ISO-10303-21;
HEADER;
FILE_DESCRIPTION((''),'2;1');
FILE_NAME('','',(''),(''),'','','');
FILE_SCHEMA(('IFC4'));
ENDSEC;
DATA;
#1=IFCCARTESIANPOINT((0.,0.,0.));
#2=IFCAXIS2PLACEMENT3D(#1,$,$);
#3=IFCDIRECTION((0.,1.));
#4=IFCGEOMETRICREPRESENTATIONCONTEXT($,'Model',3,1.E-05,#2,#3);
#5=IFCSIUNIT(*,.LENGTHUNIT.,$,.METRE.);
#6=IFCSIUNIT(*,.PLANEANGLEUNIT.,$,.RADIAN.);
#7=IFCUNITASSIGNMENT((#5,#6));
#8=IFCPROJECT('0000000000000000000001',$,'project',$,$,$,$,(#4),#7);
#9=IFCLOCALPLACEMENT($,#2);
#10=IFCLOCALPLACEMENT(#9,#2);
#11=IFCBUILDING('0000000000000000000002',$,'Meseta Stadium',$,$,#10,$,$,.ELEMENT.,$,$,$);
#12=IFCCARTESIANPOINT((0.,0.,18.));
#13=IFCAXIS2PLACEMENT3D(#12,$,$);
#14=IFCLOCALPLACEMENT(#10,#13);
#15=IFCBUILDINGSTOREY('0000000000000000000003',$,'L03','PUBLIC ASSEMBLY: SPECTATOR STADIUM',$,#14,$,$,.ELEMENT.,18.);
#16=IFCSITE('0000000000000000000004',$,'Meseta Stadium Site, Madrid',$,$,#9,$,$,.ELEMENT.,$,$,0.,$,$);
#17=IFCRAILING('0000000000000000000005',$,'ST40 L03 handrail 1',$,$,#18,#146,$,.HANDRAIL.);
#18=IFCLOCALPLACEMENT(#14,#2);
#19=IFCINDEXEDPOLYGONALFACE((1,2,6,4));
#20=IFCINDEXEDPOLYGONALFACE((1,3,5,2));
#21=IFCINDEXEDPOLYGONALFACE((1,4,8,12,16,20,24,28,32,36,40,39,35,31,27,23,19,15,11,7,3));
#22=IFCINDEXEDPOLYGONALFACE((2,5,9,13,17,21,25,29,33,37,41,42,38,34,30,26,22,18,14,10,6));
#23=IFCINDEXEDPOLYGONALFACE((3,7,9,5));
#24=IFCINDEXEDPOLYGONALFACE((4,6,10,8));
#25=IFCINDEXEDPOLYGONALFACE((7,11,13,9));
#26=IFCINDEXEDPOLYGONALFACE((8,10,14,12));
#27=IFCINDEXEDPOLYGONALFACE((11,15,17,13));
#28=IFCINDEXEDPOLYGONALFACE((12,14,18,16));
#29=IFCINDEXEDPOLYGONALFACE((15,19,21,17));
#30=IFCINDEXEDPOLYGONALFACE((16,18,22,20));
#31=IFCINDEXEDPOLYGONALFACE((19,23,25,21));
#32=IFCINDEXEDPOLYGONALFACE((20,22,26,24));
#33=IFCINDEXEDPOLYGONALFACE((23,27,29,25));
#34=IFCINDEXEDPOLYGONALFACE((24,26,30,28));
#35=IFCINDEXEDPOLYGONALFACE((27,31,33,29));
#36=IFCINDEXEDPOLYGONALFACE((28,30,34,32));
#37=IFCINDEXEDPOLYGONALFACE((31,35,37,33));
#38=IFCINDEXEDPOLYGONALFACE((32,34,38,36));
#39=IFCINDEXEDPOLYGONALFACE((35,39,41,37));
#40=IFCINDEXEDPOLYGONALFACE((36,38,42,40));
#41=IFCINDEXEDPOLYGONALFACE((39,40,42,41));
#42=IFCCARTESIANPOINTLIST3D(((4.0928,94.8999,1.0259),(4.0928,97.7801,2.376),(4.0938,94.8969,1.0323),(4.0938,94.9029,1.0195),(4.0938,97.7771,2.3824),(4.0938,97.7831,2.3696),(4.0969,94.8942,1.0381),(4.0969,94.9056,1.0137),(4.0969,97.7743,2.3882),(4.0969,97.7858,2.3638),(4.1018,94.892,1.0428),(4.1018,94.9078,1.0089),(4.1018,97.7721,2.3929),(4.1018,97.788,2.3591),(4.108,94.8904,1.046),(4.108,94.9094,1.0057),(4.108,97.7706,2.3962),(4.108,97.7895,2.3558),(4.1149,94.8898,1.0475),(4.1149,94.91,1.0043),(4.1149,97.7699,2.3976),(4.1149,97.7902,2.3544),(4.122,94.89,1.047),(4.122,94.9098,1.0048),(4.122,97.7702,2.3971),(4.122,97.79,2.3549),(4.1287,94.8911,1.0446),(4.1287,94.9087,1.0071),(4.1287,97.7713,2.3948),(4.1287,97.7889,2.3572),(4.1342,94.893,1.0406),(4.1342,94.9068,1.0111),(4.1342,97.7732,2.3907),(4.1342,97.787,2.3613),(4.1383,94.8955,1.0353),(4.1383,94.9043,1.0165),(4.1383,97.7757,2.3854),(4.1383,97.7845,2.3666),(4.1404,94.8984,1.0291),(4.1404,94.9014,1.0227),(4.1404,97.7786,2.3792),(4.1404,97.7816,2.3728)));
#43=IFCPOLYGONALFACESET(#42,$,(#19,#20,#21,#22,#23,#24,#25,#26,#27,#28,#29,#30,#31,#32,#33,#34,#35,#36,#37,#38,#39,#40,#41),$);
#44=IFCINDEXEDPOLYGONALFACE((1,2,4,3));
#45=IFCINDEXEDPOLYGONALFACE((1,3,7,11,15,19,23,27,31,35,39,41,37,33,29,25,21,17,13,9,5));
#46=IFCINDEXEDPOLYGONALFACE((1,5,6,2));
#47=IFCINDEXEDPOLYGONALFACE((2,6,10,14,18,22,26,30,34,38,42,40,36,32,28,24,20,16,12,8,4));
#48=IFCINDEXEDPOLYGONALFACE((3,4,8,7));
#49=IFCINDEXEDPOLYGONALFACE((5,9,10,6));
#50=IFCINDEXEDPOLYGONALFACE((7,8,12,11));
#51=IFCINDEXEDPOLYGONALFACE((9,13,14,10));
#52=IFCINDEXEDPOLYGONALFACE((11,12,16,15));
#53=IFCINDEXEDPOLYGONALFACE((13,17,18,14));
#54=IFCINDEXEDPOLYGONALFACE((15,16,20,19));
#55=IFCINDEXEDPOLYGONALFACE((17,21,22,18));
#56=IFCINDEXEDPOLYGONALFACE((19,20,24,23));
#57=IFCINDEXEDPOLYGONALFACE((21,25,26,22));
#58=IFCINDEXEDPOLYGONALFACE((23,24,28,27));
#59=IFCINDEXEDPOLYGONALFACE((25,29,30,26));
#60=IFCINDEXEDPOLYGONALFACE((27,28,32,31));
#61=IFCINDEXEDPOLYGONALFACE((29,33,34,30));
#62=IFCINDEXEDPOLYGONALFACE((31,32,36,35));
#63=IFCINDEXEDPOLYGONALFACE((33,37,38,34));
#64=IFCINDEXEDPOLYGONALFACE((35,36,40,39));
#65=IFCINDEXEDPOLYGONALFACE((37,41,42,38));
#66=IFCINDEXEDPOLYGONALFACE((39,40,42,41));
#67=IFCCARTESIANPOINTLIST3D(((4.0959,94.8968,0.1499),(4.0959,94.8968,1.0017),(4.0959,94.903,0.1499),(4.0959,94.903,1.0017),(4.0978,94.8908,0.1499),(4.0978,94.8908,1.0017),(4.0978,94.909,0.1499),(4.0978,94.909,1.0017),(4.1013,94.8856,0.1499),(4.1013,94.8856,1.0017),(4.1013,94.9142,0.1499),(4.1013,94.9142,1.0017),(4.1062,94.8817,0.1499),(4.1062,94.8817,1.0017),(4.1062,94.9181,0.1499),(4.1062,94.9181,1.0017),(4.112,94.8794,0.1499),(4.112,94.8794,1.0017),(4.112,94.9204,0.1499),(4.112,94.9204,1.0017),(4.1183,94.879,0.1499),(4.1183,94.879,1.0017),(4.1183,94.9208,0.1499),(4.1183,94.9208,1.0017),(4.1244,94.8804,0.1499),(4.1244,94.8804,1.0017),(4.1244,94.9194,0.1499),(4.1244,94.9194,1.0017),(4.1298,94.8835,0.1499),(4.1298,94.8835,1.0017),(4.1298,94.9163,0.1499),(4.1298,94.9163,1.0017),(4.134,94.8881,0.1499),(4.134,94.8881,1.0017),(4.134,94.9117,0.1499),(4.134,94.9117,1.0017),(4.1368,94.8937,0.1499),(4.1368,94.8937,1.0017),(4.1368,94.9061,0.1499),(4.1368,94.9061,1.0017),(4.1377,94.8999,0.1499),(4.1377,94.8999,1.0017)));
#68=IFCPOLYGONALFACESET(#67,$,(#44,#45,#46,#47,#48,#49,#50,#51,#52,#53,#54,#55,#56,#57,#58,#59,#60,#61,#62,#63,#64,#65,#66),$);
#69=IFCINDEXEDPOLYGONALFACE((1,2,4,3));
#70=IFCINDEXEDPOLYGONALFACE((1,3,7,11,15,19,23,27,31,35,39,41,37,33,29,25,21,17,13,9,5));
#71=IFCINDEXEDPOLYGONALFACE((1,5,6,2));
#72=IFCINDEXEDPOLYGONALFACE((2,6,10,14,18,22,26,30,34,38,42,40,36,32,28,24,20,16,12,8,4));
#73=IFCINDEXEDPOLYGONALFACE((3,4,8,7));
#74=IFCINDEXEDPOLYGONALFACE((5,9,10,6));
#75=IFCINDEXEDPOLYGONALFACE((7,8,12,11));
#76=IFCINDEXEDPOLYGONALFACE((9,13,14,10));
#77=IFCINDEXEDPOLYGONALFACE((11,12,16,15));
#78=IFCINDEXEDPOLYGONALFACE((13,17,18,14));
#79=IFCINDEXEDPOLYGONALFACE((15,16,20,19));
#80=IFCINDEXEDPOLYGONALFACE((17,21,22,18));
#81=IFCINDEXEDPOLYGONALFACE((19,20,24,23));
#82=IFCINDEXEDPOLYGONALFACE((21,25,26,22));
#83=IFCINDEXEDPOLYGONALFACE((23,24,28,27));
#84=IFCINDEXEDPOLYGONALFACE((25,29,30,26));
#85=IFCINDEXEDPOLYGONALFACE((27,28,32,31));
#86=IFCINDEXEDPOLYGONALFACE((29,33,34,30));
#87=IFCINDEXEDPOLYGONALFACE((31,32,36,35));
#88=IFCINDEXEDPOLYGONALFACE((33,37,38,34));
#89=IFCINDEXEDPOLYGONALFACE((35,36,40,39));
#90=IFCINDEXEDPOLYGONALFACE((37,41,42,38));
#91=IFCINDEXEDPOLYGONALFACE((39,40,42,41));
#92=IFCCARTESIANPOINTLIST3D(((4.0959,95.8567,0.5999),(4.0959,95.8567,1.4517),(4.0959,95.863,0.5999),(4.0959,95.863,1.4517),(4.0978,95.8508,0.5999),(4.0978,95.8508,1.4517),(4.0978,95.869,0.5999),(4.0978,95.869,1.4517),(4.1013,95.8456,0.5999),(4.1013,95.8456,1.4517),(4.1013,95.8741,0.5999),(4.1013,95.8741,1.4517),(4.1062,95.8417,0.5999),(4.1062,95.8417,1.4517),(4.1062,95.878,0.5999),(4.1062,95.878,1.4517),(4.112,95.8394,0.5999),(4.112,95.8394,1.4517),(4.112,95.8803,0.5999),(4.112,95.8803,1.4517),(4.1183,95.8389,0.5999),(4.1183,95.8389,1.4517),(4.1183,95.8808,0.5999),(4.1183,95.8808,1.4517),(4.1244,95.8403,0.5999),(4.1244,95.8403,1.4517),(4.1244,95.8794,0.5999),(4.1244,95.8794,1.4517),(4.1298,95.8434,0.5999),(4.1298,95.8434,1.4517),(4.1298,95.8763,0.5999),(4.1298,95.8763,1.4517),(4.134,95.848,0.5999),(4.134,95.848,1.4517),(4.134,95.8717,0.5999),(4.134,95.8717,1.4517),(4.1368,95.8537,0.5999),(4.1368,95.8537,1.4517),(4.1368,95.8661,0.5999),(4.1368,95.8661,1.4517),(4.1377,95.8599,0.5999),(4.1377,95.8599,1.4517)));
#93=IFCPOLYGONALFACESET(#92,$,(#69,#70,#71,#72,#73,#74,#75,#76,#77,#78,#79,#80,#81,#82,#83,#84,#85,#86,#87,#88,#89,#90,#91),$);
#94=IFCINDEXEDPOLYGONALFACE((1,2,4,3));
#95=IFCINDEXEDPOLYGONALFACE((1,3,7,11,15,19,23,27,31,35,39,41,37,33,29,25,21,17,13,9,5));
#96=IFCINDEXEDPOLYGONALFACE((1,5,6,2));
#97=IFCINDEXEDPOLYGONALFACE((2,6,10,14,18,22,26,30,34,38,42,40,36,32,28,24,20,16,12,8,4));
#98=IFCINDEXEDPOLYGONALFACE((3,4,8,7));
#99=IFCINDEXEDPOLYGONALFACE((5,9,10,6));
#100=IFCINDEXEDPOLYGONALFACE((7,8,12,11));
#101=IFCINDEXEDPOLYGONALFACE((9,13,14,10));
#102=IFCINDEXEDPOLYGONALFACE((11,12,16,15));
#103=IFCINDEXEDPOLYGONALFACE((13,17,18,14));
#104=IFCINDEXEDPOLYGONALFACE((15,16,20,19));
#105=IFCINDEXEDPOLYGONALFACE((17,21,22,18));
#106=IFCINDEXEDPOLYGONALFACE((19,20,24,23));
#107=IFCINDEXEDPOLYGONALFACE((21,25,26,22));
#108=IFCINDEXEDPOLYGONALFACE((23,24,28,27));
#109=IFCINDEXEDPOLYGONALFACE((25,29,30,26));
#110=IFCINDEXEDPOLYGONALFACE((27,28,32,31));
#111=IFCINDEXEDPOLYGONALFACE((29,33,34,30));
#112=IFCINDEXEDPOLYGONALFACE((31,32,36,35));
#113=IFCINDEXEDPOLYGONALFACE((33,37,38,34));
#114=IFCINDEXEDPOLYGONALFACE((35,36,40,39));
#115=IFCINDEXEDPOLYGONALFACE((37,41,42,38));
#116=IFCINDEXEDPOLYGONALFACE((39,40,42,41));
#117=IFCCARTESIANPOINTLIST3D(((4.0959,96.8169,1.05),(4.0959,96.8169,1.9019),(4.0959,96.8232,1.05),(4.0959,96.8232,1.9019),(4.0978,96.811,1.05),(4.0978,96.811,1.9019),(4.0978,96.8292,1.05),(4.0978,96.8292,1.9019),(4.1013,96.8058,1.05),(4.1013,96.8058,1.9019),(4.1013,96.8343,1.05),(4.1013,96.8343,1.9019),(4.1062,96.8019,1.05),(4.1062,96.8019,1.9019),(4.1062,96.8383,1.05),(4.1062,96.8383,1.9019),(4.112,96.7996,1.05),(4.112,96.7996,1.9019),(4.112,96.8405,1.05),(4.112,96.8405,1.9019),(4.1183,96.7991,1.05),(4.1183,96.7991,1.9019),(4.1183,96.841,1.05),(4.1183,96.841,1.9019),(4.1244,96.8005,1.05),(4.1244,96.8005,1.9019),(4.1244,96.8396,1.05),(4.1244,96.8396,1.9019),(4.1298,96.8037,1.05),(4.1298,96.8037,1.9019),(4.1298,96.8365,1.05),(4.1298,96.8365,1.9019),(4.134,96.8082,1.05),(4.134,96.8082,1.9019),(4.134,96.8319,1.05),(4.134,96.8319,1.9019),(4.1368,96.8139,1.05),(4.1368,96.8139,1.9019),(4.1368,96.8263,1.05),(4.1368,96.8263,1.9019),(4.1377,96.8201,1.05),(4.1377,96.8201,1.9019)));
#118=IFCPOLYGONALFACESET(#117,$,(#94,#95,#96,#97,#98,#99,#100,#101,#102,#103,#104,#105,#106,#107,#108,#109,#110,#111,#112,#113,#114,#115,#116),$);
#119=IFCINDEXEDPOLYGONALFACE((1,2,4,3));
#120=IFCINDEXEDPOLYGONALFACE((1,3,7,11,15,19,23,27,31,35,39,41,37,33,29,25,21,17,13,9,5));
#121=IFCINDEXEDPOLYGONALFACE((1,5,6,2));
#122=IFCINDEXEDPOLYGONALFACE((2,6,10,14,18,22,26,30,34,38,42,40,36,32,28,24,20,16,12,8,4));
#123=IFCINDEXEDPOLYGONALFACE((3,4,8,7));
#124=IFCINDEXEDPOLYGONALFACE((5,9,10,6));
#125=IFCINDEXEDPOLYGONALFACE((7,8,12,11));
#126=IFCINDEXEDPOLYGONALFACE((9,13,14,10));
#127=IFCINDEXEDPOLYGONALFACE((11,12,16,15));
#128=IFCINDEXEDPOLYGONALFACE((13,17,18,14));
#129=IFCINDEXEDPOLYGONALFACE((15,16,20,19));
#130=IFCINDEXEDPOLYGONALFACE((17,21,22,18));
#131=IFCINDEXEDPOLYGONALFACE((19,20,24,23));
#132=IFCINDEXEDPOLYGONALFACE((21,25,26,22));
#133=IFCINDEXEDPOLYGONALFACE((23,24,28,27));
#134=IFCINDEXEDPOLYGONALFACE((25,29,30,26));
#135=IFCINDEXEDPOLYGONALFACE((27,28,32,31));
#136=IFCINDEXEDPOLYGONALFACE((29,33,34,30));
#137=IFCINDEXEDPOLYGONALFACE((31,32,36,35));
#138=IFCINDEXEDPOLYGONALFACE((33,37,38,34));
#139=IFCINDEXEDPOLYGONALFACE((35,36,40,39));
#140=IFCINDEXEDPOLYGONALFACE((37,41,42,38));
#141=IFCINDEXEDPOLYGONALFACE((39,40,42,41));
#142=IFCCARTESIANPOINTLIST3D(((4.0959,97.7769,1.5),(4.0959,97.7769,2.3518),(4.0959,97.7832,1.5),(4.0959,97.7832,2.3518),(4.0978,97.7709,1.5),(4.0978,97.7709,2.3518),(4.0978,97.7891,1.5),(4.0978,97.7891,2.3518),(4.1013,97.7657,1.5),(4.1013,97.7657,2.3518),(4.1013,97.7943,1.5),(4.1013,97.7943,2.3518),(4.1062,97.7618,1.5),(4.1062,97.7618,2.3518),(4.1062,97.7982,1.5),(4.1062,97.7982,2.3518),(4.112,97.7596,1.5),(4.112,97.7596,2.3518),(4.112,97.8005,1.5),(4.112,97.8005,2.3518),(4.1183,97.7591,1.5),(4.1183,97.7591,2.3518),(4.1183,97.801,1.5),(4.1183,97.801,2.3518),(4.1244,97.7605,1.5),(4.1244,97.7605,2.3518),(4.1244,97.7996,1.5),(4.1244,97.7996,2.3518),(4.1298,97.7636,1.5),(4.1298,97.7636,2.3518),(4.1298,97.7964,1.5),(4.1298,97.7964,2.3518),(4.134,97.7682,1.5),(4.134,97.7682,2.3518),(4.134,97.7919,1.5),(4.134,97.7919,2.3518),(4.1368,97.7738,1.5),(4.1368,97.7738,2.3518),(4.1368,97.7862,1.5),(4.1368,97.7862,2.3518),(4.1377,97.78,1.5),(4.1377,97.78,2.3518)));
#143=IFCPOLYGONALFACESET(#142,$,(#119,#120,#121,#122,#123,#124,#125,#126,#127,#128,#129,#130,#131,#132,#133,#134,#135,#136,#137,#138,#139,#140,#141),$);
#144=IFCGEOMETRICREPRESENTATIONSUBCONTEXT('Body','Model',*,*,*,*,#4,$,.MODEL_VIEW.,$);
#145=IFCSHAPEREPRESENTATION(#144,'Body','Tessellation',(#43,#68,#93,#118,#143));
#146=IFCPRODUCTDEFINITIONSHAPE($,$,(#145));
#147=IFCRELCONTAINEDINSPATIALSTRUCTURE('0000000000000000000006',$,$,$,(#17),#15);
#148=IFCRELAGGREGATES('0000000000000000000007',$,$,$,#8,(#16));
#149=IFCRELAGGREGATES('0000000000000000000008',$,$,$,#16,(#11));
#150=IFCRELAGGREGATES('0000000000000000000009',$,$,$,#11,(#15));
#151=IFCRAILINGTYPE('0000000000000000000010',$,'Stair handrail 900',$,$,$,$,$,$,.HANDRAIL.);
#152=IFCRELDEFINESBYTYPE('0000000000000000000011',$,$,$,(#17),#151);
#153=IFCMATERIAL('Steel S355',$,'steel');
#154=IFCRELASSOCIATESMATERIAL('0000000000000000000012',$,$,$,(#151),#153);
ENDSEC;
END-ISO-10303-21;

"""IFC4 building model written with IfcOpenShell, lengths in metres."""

from ifc_helpers import new_model, si_unit, direction, frame, origin, origin_2d, place, context, subcontext, project, spatial, circle, extrude, material, type_object, element, save


model = new_model("IFC4")

# Units and contexts
model_context = context("Model", 3, precision=1e-05, world=origin(), true_north=direction((0.0, 1.0)))
body_context = subcontext(model_context, "Body", "Model", "MODEL_VIEW")
ifc_project = project(units=[si_unit("LENGTHUNIT", "METRE"), si_unit("PLANEANGLEUNIT", "RADIAN")], contexts=[model_context])

# Site, building, storey
site_placement = place(None, origin())
site = spatial("IfcSite", under=ifc_project, at=site_placement, Name="Meseta Stadium Site, Madrid", CompositionType="ELEMENT", RefElevation=0.0)
building_placement = place(site_placement, origin())
building = spatial("IfcBuilding", under=site, at=building_placement, Name="Meseta Stadium", CompositionType="ELEMENT")
storey_placement = place(building_placement, frame((0.0, 0.0, 18.0)))
storey = spatial("IfcBuildingStorey", under=building, at=storey_placement, Name="L03", Description="PUBLIC ASSEMBLY: SPECTATOR STADIUM", CompositionType="ELEMENT", Elevation=18.0)

# Railing
ifc_material_1 = material(Name="Steel S355", Category="steel")
railing_type_1 = type_object("IfcRailingType", Name="Stair handrail 900", PredefinedType="HANDRAIL", material=ifc_material_1)
for number, where, name in (
    (1, (4.1167, 94.8999, 0.1499), "ST40 L03 handrail 1"),
):
    element("IfcRailing", number, at=place(storey_placement, frame(where)), inside=storey, type_object=railing_type_1, Name=name, PredefinedType="HANDRAIL", context=body_context, shape_type="SweptSolid", body=[
        extrude(circle(Radius=0.0239, at=origin_2d()), frame((0.0, 0.0, 0.876), z_axis=(0.0, 0.905454, 0.424444), x_axis=(-1.0, 0.0, 0.0)), (0.0, 0.0, 1.0), 3.1809),
        extrude(circle(Radius=0.021, at=origin_2d()), origin(), (0.0, 0.0, 1.0), 0.8518),
        extrude(circle(Radius=0.021, at=origin_2d()), frame((0.0, 0.96, 0.45)), (0.0, 0.0, 1.0), 0.8518),
        extrude(circle(Radius=0.021, at=origin_2d()), frame((0.0, 1.9202, 0.9001)), (0.0, 0.0, 1.0), 0.8518),
        extrude(circle(Radius=0.021, at=origin_2d()), frame((0.0, 2.8801, 1.3501)), (0.0, 0.0, 1.0), 0.8518),
    ])

save(model, "model.ifc")
